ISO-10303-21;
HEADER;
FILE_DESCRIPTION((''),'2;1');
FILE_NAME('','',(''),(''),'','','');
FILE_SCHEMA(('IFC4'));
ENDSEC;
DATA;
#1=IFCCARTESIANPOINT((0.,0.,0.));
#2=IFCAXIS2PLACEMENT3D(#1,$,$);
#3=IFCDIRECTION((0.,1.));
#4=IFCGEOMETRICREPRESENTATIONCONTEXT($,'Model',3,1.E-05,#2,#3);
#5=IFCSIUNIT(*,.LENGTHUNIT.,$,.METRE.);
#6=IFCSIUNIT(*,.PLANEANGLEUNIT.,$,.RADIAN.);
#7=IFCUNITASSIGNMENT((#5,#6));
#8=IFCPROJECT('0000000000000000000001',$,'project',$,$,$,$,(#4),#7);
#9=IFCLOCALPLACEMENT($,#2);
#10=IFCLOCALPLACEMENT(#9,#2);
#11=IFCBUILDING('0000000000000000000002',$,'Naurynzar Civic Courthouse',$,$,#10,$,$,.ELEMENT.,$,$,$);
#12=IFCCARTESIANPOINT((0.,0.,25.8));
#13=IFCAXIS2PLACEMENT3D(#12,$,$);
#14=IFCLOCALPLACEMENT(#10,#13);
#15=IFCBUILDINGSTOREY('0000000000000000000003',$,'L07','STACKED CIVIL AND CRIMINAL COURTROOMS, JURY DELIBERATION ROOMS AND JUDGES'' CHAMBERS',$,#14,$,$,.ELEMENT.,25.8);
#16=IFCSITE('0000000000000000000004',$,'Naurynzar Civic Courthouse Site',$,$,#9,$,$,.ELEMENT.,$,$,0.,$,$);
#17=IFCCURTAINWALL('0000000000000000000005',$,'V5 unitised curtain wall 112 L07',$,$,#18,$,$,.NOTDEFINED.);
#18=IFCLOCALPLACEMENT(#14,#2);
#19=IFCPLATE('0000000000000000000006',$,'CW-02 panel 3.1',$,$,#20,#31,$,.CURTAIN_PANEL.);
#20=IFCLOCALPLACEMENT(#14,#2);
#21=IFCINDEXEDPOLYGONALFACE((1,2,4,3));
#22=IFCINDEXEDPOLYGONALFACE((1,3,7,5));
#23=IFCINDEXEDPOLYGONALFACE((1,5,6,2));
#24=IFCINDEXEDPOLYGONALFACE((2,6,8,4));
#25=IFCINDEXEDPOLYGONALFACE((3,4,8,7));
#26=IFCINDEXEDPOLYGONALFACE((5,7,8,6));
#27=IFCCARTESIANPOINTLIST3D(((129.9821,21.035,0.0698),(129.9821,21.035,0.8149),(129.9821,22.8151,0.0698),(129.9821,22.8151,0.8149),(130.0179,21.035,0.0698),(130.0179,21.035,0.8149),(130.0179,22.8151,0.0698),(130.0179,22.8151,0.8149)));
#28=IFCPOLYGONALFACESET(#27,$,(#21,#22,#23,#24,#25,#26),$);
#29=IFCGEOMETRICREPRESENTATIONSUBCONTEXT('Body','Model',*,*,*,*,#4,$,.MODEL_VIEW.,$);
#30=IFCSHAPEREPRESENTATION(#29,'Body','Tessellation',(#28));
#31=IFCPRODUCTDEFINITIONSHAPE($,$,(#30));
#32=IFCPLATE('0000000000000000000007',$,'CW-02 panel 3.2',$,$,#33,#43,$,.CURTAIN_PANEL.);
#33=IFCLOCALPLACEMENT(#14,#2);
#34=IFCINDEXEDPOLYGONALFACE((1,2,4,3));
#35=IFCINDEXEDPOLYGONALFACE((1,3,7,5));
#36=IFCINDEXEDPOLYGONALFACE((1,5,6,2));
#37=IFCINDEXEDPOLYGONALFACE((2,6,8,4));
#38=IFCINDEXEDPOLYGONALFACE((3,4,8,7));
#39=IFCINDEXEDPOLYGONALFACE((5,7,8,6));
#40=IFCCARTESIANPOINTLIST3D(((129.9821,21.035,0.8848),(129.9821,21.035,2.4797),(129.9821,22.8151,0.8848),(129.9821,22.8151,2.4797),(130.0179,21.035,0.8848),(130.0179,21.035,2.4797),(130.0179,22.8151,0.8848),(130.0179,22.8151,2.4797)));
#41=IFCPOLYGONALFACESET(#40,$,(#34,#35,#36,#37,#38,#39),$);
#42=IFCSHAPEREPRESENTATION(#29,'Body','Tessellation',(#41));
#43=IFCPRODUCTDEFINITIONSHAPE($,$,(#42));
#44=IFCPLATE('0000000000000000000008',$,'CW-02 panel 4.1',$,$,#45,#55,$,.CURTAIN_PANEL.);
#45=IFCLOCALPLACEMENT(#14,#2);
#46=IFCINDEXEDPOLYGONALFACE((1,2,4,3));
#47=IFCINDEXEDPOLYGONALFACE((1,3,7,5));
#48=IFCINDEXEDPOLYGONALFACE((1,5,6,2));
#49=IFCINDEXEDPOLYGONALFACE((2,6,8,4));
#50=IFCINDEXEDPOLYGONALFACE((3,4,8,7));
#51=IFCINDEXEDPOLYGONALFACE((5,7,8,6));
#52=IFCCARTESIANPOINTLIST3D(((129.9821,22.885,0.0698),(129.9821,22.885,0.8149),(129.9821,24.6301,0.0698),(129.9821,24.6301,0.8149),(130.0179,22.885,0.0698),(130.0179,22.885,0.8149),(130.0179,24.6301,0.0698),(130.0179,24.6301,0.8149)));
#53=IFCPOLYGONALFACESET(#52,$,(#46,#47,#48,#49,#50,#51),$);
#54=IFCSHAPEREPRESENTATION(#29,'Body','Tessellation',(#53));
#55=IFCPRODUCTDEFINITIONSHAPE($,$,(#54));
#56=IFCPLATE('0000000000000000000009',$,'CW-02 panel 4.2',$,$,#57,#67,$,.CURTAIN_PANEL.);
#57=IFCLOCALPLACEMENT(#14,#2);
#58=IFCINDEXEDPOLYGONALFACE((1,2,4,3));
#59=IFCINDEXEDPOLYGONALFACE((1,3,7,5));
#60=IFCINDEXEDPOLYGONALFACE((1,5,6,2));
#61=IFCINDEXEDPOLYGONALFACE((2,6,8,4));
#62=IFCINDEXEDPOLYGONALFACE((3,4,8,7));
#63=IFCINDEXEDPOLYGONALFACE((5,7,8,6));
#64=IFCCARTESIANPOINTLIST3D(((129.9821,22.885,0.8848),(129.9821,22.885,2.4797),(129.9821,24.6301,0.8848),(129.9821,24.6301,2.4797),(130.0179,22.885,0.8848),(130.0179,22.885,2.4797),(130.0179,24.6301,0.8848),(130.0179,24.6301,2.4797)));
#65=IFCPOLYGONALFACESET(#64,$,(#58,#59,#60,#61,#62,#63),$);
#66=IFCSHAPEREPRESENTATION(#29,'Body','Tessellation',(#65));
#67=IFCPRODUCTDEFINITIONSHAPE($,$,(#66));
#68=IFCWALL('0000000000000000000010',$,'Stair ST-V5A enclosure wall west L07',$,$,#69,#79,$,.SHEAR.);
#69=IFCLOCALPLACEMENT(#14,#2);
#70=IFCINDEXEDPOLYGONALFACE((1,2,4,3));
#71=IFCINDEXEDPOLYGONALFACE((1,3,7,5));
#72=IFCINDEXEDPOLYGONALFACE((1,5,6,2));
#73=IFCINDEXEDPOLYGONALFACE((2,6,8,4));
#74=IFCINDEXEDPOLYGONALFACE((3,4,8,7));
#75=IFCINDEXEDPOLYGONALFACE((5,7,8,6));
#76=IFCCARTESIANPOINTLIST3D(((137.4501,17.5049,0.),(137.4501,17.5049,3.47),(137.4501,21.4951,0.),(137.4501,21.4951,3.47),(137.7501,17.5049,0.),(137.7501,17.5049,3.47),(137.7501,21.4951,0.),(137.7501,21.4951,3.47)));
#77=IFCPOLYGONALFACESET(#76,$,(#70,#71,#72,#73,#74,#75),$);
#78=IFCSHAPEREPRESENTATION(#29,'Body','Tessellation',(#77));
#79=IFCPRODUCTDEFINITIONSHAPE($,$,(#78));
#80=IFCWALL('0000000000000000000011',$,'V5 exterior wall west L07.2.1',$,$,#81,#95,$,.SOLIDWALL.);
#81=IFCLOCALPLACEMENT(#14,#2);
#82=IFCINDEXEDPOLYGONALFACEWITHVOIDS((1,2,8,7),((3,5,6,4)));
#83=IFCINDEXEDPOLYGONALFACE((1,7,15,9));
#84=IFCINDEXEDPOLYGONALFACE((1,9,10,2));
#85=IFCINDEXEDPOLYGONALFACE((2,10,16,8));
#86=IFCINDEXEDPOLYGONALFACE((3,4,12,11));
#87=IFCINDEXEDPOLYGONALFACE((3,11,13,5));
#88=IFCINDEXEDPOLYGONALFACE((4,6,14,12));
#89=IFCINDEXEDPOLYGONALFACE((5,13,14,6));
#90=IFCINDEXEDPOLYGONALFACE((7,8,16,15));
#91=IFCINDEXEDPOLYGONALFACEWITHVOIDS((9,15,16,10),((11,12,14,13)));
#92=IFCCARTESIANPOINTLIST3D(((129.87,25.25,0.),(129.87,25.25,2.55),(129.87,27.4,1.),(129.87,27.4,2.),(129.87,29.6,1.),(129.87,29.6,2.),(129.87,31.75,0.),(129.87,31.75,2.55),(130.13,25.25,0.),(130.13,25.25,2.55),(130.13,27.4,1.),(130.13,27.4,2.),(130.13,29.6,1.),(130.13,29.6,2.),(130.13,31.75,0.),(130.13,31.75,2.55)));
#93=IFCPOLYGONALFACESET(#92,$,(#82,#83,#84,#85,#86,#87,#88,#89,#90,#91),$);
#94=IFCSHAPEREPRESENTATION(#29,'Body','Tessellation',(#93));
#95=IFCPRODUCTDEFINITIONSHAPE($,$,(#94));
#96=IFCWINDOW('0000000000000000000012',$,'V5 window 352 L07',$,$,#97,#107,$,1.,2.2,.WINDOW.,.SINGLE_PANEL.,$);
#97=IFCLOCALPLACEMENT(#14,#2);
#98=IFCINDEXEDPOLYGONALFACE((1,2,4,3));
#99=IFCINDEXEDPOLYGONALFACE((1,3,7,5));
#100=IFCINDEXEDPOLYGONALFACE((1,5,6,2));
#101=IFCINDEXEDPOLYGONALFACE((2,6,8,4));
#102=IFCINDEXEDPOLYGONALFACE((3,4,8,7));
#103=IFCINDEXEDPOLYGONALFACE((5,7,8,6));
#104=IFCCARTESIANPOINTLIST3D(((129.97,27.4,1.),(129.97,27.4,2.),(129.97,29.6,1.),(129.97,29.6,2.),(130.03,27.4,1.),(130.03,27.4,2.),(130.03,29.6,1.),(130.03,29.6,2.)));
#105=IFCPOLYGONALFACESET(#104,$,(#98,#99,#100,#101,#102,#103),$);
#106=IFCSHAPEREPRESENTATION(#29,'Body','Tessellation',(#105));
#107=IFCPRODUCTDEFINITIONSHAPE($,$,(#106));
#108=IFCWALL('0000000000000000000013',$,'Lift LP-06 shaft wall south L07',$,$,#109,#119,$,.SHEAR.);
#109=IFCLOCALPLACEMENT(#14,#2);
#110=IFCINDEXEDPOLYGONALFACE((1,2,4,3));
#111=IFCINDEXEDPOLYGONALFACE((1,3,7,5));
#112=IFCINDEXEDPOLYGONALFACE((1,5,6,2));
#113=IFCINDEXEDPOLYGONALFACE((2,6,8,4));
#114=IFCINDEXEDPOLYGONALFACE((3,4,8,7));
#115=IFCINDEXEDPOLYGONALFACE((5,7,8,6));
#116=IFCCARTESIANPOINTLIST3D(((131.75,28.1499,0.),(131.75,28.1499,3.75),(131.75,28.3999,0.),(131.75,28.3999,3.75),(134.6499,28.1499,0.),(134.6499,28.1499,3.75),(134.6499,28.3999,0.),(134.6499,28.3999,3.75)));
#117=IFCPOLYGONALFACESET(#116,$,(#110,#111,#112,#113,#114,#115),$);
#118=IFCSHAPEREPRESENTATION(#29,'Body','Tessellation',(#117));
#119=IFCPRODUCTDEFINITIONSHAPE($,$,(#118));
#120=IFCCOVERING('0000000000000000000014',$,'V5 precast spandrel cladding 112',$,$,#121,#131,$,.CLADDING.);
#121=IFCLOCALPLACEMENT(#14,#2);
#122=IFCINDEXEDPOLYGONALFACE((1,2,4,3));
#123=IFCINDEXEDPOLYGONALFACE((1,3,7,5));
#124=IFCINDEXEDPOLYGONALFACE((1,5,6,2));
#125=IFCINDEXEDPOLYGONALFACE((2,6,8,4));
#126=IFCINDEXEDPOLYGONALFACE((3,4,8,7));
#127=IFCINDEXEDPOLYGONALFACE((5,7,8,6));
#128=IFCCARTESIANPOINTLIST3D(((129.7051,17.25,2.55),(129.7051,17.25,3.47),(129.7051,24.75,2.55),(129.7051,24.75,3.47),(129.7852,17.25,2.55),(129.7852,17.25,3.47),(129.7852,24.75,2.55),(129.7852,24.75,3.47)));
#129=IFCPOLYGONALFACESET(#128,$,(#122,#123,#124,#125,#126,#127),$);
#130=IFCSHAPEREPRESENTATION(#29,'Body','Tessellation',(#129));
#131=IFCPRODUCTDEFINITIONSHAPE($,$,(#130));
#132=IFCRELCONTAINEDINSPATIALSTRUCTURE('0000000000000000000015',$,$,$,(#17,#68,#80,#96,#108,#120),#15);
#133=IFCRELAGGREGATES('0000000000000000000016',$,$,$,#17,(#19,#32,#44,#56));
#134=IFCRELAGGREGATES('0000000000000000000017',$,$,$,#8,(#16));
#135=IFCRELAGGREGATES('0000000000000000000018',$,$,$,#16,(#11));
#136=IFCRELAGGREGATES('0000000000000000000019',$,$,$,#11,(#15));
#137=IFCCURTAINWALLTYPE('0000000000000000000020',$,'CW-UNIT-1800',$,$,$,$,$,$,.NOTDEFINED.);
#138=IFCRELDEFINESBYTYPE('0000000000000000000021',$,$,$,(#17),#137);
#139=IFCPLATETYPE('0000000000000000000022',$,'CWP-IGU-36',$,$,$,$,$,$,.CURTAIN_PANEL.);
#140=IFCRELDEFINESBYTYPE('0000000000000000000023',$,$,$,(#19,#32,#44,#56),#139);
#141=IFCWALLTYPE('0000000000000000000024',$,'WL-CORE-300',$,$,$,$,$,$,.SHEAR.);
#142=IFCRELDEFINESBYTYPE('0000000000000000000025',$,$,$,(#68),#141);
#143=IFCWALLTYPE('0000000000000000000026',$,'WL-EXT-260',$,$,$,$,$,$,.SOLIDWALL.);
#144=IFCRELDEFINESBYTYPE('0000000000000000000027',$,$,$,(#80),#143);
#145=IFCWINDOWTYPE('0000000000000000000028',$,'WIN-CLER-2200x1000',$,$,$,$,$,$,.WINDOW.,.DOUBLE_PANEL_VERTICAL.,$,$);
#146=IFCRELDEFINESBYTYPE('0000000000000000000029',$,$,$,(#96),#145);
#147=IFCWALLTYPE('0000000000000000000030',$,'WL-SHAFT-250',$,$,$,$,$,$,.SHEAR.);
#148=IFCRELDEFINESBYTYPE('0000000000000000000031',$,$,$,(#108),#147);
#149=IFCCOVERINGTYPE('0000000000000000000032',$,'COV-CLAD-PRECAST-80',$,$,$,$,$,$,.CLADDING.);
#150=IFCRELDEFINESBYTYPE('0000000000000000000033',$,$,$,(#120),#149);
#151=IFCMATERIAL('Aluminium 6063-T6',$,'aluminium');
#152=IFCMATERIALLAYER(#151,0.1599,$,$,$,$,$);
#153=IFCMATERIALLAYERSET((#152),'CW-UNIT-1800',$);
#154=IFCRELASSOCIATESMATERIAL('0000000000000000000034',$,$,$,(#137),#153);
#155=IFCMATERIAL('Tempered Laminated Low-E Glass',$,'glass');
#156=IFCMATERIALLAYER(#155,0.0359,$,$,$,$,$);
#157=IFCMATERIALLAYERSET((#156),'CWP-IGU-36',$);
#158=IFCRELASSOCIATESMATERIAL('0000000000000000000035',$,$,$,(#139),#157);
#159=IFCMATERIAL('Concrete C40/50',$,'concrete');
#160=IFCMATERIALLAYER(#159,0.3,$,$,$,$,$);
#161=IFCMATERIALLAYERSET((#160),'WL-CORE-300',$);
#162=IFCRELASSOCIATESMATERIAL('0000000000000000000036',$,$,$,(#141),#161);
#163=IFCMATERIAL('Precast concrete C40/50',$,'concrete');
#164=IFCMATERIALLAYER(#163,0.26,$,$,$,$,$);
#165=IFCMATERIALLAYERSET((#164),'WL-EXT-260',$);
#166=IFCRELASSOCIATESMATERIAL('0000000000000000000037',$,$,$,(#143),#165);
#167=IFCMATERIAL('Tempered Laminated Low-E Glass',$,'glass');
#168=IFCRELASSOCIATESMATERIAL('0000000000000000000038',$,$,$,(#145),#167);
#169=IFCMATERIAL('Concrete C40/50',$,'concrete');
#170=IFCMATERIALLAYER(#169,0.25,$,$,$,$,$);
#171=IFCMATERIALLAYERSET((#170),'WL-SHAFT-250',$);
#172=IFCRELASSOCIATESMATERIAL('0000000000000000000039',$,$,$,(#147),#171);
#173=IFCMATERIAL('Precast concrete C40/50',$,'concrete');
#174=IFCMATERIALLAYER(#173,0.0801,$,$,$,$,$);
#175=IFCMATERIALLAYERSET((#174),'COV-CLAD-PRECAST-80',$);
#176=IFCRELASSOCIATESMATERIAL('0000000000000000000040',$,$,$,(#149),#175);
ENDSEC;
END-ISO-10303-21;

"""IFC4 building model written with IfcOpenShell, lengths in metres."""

from ifc_helpers import new_model, si_unit, direction, frame, frame_2d, origin, origin_2d, place, context, subcontext, project, spatial, rectangle, extrude, material, layer, layer_set, type_object, element, fill, aggregate, save


model = new_model("IFC4")

# Units and contexts
model_context = context("Model", 3, precision=1e-05, world=origin(), true_north=direction((0.0, 1.0)))
body_context = subcontext(model_context, "Body", "Model", "MODEL_VIEW")
ifc_project = project(units=[si_unit("LENGTHUNIT", "METRE"), si_unit("PLANEANGLEUNIT", "RADIAN")], contexts=[model_context])

# Site, building, storey
site_placement = place(None, origin())
site = spatial("IfcSite", under=ifc_project, at=site_placement, Name="Naurynzar Civic Courthouse Site", CompositionType="ELEMENT", RefElevation=0.0)
building_placement = place(site_placement, origin())
building = spatial("IfcBuilding", under=site, at=building_placement, Name="Naurynzar Civic Courthouse", CompositionType="ELEMENT")
storey_placement = place(building_placement, frame((0.0, 0.0, 25.8)))
storey = spatial("IfcBuildingStorey", under=building, at=storey_placement, Name="L07", Description="STACKED CIVIL AND CRIMINAL COURTROOMS, JURY DELIBERATION ROOMS AND JUDGES' CHAMBERS", CompositionType="ELEMENT", Elevation=25.8)

# Curtain wall, plates
ifc_material_1 = material(Name="Aluminium 6063-T6", Category="aluminium")
ifc_layer_1 = layer(ifc_material_1, 0.1599)
ifc_layer_set_1 = layer_set([ifc_layer_1], Name="CW-UNIT-1800")
curtain_wall_type = type_object("IfcCurtainWallType", Name="CW-UNIT-1800", PredefinedType="NOTDEFINED", material=ifc_layer_set_1)
curtain_wall_placement = place(storey_placement, origin())
curtain_wall = element("IfcCurtainWall", 1, at=curtain_wall_placement, inside=storey, type_object=curtain_wall_type, Name="V5 unitised curtain wall 112 L07", PredefinedType="NOTDEFINED")
ifc_material_2 = material(Name="Tempered Laminated Low-E Glass", Category="glass")
ifc_layer_2 = layer(ifc_material_2, 0.0359)
ifc_layer_set_2 = layer_set([ifc_layer_2], Name="CWP-IGU-36")
plate_type = type_object("IfcPlateType", Name="CWP-IGU-36", PredefinedType="CURTAIN_PANEL", material=ifc_layer_set_2)
plate_1_placement = place(storey_placement, frame((130.0, 21.925, 0.0698), z_axis=(0.0, 0.0, 1.0), x_axis=(0.0, 1.0, 0.0)))
plate_1 = element("IfcPlate", 2, at=plate_1_placement, type_object=plate_type, Name="CW-02 panel 3.1", PredefinedType="CURTAIN_PANEL", context=body_context, shape_type="SweptSolid", body=[
    extrude(rectangle(XDim=1.78, YDim=0.0359, at=origin_2d()), origin(), (0.0, 0.0, 1.0), 0.7451),
])
plate_2_placement = place(storey_placement, frame((130.0, 21.925, 0.8848), z_axis=(0.0, 0.0, 1.0), x_axis=(0.0, 1.0, 0.0)))
plate_2 = element("IfcPlate", 3, at=plate_2_placement, type_object=plate_type, Name="CW-02 panel 3.2", PredefinedType="CURTAIN_PANEL", context=body_context, shape_type="SweptSolid", body=[
    extrude(rectangle(XDim=1.78, YDim=0.0359, at=origin_2d()), origin(), (0.0, 0.0, 1.0), 1.595),
])
plate_3_placement = place(storey_placement, frame((130.0, 23.7576, 0.0698), z_axis=(0.0, 0.0, 1.0), x_axis=(0.0, 1.0, 0.0)))
plate_3 = element("IfcPlate", 4, at=plate_3_placement, type_object=plate_type, Name="CW-02 panel 4.1", PredefinedType="CURTAIN_PANEL", context=body_context, shape_type="SweptSolid", body=[
    extrude(rectangle(XDim=1.7451, YDim=0.0359, at=origin_2d()), origin(), (0.0, 0.0, 1.0), 0.7451),
])
plate_4_placement = place(storey_placement, frame((130.0, 23.7576, 0.8848), z_axis=(0.0, 0.0, 1.0), x_axis=(0.0, 1.0, 0.0)))
plate_4 = element("IfcPlate", 5, at=plate_4_placement, type_object=plate_type, Name="CW-02 panel 4.2", PredefinedType="CURTAIN_PANEL", context=body_context, shape_type="SweptSolid", body=[
    extrude(rectangle(XDim=1.7451, YDim=0.0359, at=origin_2d()), origin(), (0.0, 0.0, 1.0), 1.595),
])
aggregate(curtain_wall, [plate_1, plate_2, plate_3, plate_4])

# Wall
ifc_material_3 = material(Name="Concrete C40/50", Category="concrete")
ifc_layer_3 = layer(ifc_material_3, 0.3)
ifc_layer_set_3 = layer_set([ifc_layer_3], Name="WL-CORE-300")
wall_type_1 = type_object("IfcWallType", Name="WL-CORE-300", PredefinedType="SHEAR", material=ifc_layer_set_3)
wall_1_placement = place(storey_placement, frame((137.6001, 21.4951, 0.0), z_axis=(0.0, 0.0, 1.0), x_axis=(0.0, -1.0, 0.0)))
element("IfcWall", 6, at=wall_1_placement, inside=storey, type_object=wall_type_1, Name="Stair ST-V5A enclosure wall west L07", PredefinedType="SHEAR", context=body_context, shape_type="SweptSolid", body=[
    extrude(rectangle(XDim=3.9902, YDim=0.3, at=frame_2d((1.9951, 0.0))), origin(), (0.0, 0.0, 1.0), 3.47),
])

# Wall, opening, window
ifc_material_4 = material(Name="Precast concrete C40/50", Category="concrete")
ifc_layer_4 = layer(ifc_material_4, 0.26)
ifc_layer_set_4 = layer_set([ifc_layer_4], Name="WL-EXT-260")
wall_type_2 = type_object("IfcWallType", Name="WL-EXT-260", PredefinedType="SOLIDWALL", material=ifc_layer_set_4)
wall_2_placement = place(storey_placement, frame((130.0, 25.25, 0.0), z_axis=(0.0, 0.0, 1.0), x_axis=(0.0, 1.0, 0.0)))
wall_2 = element("IfcWall", 7, at=wall_2_placement, inside=storey, type_object=wall_type_2, Name="V5 exterior wall west L07.2.1", PredefinedType="SOLIDWALL", context=body_context, shape_type="SweptSolid", body=[
    extrude(rectangle(XDim=6.5, YDim=0.26, at=frame_2d((3.25, 0.0))), origin(), (0.0, 0.0, 1.0), 2.55),
])
opening_placement = place(wall_2_placement, frame((2.1499, 0.0, 1.0)))
opening = element("IfcOpeningElement", 8, at=opening_placement, cuts=wall_2, PredefinedType="OPENING", context=body_context, shape_type="SweptSolid", body=[
    extrude(rectangle(XDim=2.2, YDim=1.0, at=frame_2d((1.1001, 0.5))), frame((0.0, 0.1399, 0.0), z_axis=(0.0, -1.0, 0.0), x_axis=(1.0, 0.0, 0.0)), (0.0, 0.0, 1.0), 0.28),
])
ifc_material_5 = material(Name="Tempered Laminated Low-E Glass", Category="glass")
window_type = type_object("IfcWindowType", Name="WIN-CLER-2200x1000", PartitioningType="DOUBLE_PANEL_VERTICAL", PredefinedType="WINDOW", material=ifc_material_5)
window_placement = place(opening_placement, origin())
window = element("IfcWindow", 9, at=window_placement, inside=storey, type_object=window_type, Name="V5 window 352 L07", OverallHeight=1.0, OverallWidth=2.2, PartitioningType="SINGLE_PANEL", PredefinedType="WINDOW", context=body_context, shape_type="SweptSolid", body=[
    extrude(rectangle(XDim=2.2, YDim=1.0, at=frame_2d((1.1001, 0.5))), frame((0.0, 0.03, 0.0), z_axis=(0.0, -1.0, 0.0), x_axis=(1.0, 0.0, 0.0)), (0.0, 0.0, 1.0), 0.0601),
])
fill(opening, window)

# Wall
ifc_material_6 = material(Name="Concrete C40/50", Category="concrete")
ifc_layer_5 = layer(ifc_material_6, 0.25)
ifc_layer_set_5 = layer_set([ifc_layer_5], Name="WL-SHAFT-250")
wall_type_3 = type_object("IfcWallType", Name="WL-SHAFT-250", PredefinedType="SHEAR", material=ifc_layer_set_5)
wall_3_placement = place(storey_placement, frame((131.75, 28.2749, 0.0), z_axis=(0.0, 0.0, 1.0), x_axis=(1.0, 0.0, 0.0)))
element("IfcWall", 10, at=wall_3_placement, inside=storey, type_object=wall_type_3, Name="Lift LP-06 shaft wall south L07", PredefinedType="SHEAR", context=body_context, shape_type="SweptSolid", body=[
    extrude(rectangle(XDim=2.8999, YDim=0.25, at=frame_2d((1.45, 0.0))), origin(), (0.0, 0.0, 1.0), 3.75),
])

# Covering
ifc_material_7 = material(Name="Precast concrete C40/50", Category="concrete")
ifc_layer_6 = layer(ifc_material_7, 0.0801)
ifc_layer_set_6 = layer_set([ifc_layer_6], Name="COV-CLAD-PRECAST-80")
covering_type = type_object("IfcCoveringType", Name="COV-CLAD-PRECAST-80", PredefinedType="CLADDING", material=ifc_layer_set_6)
covering_placement = place(storey_placement, frame((129.7451, 21.0, 2.55), z_axis=(0.0, 0.0, 1.0), x_axis=(0.0, 1.0, 0.0)))
element("IfcCovering", 11, at=covering_placement, inside=storey, type_object=covering_type, Name="V5 precast spandrel cladding 112", PredefinedType="CLADDING", context=body_context, shape_type="SweptSolid", body=[
    extrude(rectangle(XDim=7.5, YDim=0.0801, at=origin_2d()), origin(), (0.0, 0.0, 1.0), 0.9199),
])

save(model, "model.ifc")
